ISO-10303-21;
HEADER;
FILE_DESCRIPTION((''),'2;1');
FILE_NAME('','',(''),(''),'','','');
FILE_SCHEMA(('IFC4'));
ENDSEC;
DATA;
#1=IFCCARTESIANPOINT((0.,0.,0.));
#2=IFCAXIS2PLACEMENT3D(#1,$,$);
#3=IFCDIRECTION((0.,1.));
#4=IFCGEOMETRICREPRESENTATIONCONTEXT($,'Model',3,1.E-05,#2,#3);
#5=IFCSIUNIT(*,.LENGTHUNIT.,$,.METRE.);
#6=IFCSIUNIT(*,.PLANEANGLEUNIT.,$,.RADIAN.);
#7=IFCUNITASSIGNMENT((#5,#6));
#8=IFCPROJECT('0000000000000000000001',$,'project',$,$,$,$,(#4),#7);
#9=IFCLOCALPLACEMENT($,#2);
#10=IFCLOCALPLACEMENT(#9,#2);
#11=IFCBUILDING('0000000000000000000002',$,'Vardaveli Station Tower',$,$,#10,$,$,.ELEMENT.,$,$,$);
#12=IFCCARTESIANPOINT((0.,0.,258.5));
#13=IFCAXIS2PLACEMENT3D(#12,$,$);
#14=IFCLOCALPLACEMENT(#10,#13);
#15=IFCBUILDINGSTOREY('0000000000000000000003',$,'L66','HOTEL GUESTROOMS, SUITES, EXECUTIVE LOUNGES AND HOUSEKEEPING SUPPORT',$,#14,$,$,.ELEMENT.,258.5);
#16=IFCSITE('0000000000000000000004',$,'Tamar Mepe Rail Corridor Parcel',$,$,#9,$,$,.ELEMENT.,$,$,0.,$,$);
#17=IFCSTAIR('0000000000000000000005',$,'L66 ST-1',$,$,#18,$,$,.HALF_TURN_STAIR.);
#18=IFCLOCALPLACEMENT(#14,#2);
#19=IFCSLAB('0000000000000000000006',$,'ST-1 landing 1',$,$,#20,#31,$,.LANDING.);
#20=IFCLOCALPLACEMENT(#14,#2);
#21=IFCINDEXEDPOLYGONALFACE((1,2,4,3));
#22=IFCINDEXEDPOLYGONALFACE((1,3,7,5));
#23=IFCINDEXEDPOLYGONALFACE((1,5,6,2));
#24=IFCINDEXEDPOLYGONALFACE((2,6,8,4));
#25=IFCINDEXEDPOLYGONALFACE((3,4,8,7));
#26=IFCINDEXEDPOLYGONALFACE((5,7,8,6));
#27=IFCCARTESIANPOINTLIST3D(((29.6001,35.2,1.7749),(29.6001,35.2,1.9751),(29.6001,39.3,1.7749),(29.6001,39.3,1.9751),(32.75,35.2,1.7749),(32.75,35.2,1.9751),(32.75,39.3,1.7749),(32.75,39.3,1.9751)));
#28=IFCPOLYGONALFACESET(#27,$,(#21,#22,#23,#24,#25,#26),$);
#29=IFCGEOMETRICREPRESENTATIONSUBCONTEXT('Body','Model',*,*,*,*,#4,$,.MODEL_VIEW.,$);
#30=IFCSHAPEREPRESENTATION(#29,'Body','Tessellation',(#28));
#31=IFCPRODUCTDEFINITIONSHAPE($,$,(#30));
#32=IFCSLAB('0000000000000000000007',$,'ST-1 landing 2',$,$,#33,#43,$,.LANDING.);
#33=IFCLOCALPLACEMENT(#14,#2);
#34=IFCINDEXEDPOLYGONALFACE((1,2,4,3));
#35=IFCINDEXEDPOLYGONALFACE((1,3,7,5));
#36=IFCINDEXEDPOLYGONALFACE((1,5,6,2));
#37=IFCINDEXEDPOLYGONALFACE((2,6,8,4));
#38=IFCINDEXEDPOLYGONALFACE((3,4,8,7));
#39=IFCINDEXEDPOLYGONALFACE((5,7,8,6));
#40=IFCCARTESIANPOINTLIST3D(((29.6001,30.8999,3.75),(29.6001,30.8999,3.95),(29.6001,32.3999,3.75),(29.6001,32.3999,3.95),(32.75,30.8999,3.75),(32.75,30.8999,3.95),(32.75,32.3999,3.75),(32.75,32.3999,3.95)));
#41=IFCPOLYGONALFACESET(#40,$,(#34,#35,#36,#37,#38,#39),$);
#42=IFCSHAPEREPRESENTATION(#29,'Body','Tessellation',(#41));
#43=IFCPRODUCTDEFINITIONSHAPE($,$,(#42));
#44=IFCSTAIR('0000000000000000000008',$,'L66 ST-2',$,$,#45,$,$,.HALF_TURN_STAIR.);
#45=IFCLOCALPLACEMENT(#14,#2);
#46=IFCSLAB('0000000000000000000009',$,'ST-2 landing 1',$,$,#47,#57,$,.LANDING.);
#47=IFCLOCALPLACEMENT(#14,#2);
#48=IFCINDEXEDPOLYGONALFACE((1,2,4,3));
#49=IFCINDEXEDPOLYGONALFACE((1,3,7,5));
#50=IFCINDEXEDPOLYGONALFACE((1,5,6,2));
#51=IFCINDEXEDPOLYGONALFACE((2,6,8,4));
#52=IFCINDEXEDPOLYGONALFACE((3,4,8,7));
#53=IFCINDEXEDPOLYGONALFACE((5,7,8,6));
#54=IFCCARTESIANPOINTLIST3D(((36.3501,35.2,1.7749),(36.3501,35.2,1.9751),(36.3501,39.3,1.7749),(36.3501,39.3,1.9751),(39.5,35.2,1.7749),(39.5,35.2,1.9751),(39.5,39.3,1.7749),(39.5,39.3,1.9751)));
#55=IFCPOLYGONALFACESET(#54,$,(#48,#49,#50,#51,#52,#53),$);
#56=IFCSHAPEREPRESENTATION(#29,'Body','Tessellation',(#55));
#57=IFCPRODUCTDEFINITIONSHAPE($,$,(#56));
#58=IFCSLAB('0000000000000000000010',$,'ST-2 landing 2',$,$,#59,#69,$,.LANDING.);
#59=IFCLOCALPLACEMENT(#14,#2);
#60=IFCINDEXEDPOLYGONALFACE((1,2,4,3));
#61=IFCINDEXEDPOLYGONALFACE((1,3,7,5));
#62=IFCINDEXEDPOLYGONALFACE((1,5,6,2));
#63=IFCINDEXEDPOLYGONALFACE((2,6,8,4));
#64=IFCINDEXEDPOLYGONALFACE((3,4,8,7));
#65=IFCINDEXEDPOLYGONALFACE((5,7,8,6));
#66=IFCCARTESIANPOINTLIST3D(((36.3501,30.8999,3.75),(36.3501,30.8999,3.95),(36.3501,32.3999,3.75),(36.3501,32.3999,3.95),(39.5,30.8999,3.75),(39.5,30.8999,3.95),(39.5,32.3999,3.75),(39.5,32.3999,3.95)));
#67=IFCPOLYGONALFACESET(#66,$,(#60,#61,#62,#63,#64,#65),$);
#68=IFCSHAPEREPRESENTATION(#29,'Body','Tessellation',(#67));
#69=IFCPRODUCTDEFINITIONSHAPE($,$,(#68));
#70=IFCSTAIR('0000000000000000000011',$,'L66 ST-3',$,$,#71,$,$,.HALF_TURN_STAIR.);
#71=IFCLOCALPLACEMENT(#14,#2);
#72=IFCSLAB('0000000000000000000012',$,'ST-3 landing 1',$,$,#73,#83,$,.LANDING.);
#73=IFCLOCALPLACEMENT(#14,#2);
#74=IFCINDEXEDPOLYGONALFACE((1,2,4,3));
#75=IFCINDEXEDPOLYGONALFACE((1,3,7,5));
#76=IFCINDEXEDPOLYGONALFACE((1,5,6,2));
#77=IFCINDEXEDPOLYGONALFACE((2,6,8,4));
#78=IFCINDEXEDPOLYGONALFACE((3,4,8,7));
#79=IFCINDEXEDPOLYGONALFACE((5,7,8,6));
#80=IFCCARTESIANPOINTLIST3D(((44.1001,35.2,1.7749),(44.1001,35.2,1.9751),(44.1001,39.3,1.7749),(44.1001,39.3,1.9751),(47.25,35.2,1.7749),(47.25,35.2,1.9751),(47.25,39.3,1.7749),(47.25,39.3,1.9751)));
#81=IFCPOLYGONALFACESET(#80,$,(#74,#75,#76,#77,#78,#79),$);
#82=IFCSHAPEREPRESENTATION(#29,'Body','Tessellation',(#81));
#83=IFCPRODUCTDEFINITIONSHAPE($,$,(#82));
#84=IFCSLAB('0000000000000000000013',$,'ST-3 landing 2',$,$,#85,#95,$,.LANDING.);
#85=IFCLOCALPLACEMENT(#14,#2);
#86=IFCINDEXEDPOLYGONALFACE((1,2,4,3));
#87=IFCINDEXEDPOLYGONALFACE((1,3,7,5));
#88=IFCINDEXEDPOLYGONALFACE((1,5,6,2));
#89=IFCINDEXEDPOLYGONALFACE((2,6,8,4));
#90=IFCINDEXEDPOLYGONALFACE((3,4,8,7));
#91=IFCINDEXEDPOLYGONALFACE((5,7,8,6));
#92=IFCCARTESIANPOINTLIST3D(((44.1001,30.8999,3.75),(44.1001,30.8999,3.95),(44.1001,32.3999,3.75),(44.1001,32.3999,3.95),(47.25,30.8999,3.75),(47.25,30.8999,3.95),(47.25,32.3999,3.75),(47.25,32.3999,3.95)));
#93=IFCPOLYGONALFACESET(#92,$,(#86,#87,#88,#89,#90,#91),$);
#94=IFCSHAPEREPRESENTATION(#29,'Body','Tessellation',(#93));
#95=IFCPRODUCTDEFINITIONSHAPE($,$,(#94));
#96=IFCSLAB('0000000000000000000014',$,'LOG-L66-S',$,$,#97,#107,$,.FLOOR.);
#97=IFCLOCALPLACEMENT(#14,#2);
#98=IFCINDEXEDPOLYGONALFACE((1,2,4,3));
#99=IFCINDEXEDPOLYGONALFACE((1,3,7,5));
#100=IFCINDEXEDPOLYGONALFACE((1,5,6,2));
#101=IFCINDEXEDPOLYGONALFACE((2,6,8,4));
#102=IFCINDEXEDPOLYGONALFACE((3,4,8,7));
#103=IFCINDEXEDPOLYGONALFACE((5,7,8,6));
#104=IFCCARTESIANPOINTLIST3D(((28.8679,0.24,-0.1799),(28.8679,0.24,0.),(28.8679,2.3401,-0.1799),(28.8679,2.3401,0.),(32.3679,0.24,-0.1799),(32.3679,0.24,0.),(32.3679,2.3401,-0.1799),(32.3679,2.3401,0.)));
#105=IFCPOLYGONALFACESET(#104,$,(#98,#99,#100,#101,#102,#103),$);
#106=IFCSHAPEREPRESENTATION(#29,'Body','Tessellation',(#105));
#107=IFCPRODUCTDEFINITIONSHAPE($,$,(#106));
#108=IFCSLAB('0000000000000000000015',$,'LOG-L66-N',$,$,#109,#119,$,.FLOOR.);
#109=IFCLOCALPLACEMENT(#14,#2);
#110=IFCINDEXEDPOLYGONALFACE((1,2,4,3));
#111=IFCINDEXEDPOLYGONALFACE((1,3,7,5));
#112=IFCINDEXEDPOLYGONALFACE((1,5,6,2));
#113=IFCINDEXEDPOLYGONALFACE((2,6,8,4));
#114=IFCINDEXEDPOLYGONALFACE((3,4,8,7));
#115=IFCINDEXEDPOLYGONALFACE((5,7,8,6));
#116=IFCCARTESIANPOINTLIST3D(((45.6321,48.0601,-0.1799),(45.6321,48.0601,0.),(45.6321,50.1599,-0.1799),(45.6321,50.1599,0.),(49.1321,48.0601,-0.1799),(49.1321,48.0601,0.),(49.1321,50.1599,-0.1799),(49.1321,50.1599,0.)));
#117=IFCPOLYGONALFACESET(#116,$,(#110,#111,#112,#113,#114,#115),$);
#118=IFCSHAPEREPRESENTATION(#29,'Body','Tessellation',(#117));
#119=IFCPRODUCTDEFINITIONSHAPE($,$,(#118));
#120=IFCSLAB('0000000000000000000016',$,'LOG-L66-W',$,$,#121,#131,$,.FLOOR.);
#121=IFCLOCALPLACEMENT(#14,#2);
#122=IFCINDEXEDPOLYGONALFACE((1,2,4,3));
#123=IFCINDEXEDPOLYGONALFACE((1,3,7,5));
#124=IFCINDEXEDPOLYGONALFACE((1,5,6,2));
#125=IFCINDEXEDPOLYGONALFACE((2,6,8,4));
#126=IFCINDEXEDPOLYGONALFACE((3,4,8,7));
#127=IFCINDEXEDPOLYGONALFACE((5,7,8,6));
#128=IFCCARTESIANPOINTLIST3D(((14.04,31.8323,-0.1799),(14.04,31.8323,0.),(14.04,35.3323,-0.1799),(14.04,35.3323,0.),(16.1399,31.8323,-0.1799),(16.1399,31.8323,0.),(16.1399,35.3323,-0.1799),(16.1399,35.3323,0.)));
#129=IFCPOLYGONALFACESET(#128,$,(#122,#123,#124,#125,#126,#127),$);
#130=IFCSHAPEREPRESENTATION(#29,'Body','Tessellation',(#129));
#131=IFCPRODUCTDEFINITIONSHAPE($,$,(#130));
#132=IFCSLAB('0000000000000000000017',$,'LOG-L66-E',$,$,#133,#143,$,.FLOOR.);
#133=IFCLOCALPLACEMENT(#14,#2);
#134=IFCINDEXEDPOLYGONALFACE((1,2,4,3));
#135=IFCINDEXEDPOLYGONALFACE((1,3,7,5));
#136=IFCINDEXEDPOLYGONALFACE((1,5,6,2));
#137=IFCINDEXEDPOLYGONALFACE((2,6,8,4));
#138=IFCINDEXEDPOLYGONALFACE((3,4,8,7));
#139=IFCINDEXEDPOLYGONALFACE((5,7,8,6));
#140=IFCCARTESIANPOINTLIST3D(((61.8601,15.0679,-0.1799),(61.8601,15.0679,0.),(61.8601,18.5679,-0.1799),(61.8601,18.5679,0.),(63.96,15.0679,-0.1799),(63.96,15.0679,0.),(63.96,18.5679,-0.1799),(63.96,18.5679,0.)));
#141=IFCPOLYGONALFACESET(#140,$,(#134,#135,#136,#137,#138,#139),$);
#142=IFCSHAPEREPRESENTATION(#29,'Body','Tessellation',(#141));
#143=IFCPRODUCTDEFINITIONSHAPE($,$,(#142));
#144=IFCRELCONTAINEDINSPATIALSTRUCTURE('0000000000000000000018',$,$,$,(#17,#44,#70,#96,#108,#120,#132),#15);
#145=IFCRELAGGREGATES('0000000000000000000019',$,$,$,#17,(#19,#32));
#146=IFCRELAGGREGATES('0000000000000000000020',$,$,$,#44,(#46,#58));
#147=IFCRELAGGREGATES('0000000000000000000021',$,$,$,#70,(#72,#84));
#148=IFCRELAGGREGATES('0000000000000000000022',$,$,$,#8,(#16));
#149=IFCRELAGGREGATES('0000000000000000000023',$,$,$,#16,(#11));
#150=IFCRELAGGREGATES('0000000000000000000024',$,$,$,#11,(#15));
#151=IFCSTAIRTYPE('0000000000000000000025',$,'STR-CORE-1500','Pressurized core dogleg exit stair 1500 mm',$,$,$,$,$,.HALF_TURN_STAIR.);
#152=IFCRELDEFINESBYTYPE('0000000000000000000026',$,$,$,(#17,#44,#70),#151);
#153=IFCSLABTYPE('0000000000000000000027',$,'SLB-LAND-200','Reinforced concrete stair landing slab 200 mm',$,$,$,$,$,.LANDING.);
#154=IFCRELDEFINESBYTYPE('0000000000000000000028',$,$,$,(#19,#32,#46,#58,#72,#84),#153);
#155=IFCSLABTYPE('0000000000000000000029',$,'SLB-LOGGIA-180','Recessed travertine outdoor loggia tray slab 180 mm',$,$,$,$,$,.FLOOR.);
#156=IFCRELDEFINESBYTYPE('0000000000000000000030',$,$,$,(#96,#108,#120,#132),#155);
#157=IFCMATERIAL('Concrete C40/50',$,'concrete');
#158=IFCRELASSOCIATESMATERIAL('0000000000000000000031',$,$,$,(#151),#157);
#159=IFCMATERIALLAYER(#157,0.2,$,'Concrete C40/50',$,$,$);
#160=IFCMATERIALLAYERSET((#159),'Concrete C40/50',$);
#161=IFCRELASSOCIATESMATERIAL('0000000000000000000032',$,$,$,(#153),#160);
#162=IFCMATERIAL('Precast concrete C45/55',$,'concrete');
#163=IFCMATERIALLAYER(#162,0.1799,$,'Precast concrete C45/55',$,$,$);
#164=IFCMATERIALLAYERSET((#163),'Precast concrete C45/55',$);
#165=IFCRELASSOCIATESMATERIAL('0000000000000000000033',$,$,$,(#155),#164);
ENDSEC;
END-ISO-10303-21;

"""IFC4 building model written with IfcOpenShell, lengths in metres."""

from ifc_helpers import new_model, si_unit, direction, frame, origin, place, context, subcontext, project, spatial, polyline, outline, extrude, material, layer, layer_set, type_object, element, aggregate, save


model = new_model("IFC4")

# Units and contexts
model_context = context("Model", 3, precision=1e-05, world=origin(), true_north=direction((0.0, 1.0)))
body_context = subcontext(model_context, "Body", "Model", "MODEL_VIEW")
ifc_project = project(units=[si_unit("LENGTHUNIT", "METRE"), si_unit("PLANEANGLEUNIT", "RADIAN")], contexts=[model_context])

# Site, building, storey
site_placement = place(None, origin())
site = spatial("IfcSite", under=ifc_project, at=site_placement, Name="Tamar Mepe Rail Corridor Parcel", CompositionType="ELEMENT", RefElevation=0.0)
building_placement = place(site_placement, origin())
building = spatial("IfcBuilding", under=site, at=building_placement, Name="Vardaveli Station Tower", CompositionType="ELEMENT")
storey_placement = place(building_placement, frame((0.0, 0.0, 258.5)))
storey = spatial("IfcBuildingStorey", under=building, at=storey_placement, Name="L66", Description="HOTEL GUESTROOMS, SUITES, EXECUTIVE LOUNGES AND HOUSEKEEPING SUPPORT", CompositionType="ELEMENT", Elevation=258.5)

# Stairs, slabs
ifc_material_1 = material(Name="Concrete C40/50", Category="concrete")
stair_type = type_object("IfcStairType", Name="STR-CORE-1500", Description="Pressurized core dogleg exit stair 1500 mm", PredefinedType="HALF_TURN_STAIR", material=ifc_material_1)
stair_1_placement = place(storey_placement, origin())
stair_1 = element("IfcStair", 1, at=stair_1_placement, inside=storey, type_object=stair_type, Name="L66 ST-1", PredefinedType="HALF_TURN_STAIR")
ifc_layer_1 = layer(ifc_material_1, 0.2, Name="Concrete C40/50")
ifc_layer_set_1 = layer_set([ifc_layer_1], Name="Concrete C40/50")
slab_type_1 = type_object("IfcSlabType", Name="SLB-LAND-200", Description="Reinforced concrete stair landing slab 200 mm", PredefinedType="LANDING", material=ifc_layer_set_1)
slab_1_placement = place(storey_placement, frame((0.0, 0.0, 1.7749)))
slab_1 = element("IfcSlab", 2, at=slab_1_placement, type_object=slab_type_1, Name="ST-1 landing 1", PredefinedType="LANDING", context=body_context, shape_type="SweptSolid", body=[
    extrude(outline(polyline([(32.75, 35.2), (32.75, 39.3), (29.6001, 39.3), (29.6001, 35.2), (32.75, 35.2)])), origin(), (0.0, 0.0, 1.0), 0.2002),
])
slab_2_placement = place(storey_placement, frame((0.0, 0.0, 3.75)))
slab_2 = element("IfcSlab", 3, at=slab_2_placement, type_object=slab_type_1, Name="ST-1 landing 2", PredefinedType="LANDING", context=body_context, shape_type="SweptSolid", body=[
    extrude(outline(polyline([(32.75, 30.8999), (32.75, 32.3999), (29.6001, 32.3999), (29.6001, 30.8999), (32.75, 30.8999)])), origin(), (0.0, 0.0, 1.0), 0.2),
])
aggregate(stair_1, [slab_1, slab_2])
stair_2_placement = place(storey_placement, origin())
stair_2 = element("IfcStair", 4, at=stair_2_placement, inside=storey, type_object=stair_type, Name="L66 ST-2", PredefinedType="HALF_TURN_STAIR")
slab_3_placement = place(storey_placement, frame((0.0, 0.0, 1.7749)))
slab_3 = element("IfcSlab", 5, at=slab_3_placement, type_object=slab_type_1, Name="ST-2 landing 1", PredefinedType="LANDING", context=body_context, shape_type="SweptSolid", body=[
    extrude(outline(polyline([(39.5, 35.2), (39.5, 39.3), (36.3501, 39.3), (36.3501, 35.2), (39.5, 35.2)])), origin(), (0.0, 0.0, 1.0), 0.2002),
])
slab_4_placement = place(storey_placement, frame((0.0, 0.0, 3.75)))
slab_4 = element("IfcSlab", 6, at=slab_4_placement, type_object=slab_type_1, Name="ST-2 landing 2", PredefinedType="LANDING", context=body_context, shape_type="SweptSolid", body=[
    extrude(outline(polyline([(39.5, 30.8999), (39.5, 32.3999), (36.3501, 32.3999), (36.3501, 30.8999), (39.5, 30.8999)])), origin(), (0.0, 0.0, 1.0), 0.2),
])
aggregate(stair_2, [slab_3, slab_4])
stair_3_placement = place(storey_placement, origin())
stair_3 = element("IfcStair", 7, at=stair_3_placement, inside=storey, type_object=stair_type, Name="L66 ST-3", PredefinedType="HALF_TURN_STAIR")
slab_5_placement = place(storey_placement, frame((0.0, 0.0, 1.7749)))
slab_5 = element("IfcSlab", 8, at=slab_5_placement, type_object=slab_type_1, Name="ST-3 landing 1", PredefinedType="LANDING", context=body_context, shape_type="SweptSolid", body=[
    extrude(outline(polyline([(47.25, 35.2), (47.25, 39.3), (44.1001, 39.3), (44.1001, 35.2), (47.25, 35.2)])), origin(), (0.0, 0.0, 1.0), 0.2002),
])
slab_6_placement = place(storey_placement, frame((0.0, 0.0, 3.75)))
slab_6 = element("IfcSlab", 9, at=slab_6_placement, type_object=slab_type_1, Name="ST-3 landing 2", PredefinedType="LANDING", context=body_context, shape_type="SweptSolid", body=[
    extrude(outline(polyline([(47.25, 30.8999), (47.25, 32.3999), (44.1001, 32.3999), (44.1001, 30.8999), (47.25, 30.8999)])), origin(), (0.0, 0.0, 1.0), 0.2),
])
aggregate(stair_3, [slab_5, slab_6])

# Slabs
ifc_material_2 = material(Name="Precast concrete C45/55", Category="concrete")
ifc_layer_2 = layer(ifc_material_2, 0.1799, Name="Precast concrete C45/55")
ifc_layer_set_2 = layer_set([ifc_layer_2], Name="Precast concrete C45/55")
slab_type_2 = type_object("IfcSlabType", Name="SLB-LOGGIA-180", Description="Recessed travertine outdoor loggia tray slab 180 mm", PredefinedType="FLOOR", material=ifc_layer_set_2)
slab_7_placement = place(storey_placement, frame((0.0, 0.0, -0.1799)))
element("IfcSlab", 10, at=slab_7_placement, inside=storey, type_object=slab_type_2, Name="LOG-L66-S", PredefinedType="FLOOR", context=body_context, shape_type="SweptSolid", body=[
    extrude(outline(polyline([(28.8679, 0.24), (32.3679, 0.24), (32.3679, 2.3401), (28.8679, 2.3401), (28.8679, 0.24)])), origin(), (0.0, 0.0, 1.0), 0.1799),
])
slab_8_placement = place(storey_placement, frame((0.0, 0.0, -0.1799)))
element("IfcSlab", 11, at=slab_8_placement, inside=storey, type_object=slab_type_2, Name="LOG-L66-N", PredefinedType="FLOOR", context=body_context, shape_type="SweptSolid", body=[
    extrude(outline(polyline([(45.6321, 48.0601), (49.1321, 48.0601), (49.1321, 50.1599), (45.6321, 50.1599), (45.6321, 48.0601)])), origin(), (0.0, 0.0, 1.0), 0.1799),
])
slab_9_placement = place(storey_placement, frame((0.0, 0.0, -0.1799)))
element("IfcSlab", 12, at=slab_9_placement, inside=storey, type_object=slab_type_2, Name="LOG-L66-W", PredefinedType="FLOOR", context=body_context, shape_type="SweptSolid", body=[
    extrude(outline(polyline([(14.04, 31.8323), (16.1399, 31.8323), (16.1399, 35.3323), (14.04, 35.3323), (14.04, 31.8323)])), origin(), (0.0, 0.0, 1.0), 0.1799),
])
slab_10_placement = place(storey_placement, frame((0.0, 0.0, -0.1799)))
element("IfcSlab", 13, at=slab_10_placement, inside=storey, type_object=slab_type_2, Name="LOG-L66-E", PredefinedType="FLOOR", context=body_context, shape_type="SweptSolid", body=[
    extrude(outline(polyline([(61.8601, 15.0679), (63.96, 15.0679), (63.96, 18.5679), (61.8601, 18.5679), (61.8601, 15.0679)])), origin(), (0.0, 0.0, 1.0), 0.1799),
])

save(model, "model.ifc")
